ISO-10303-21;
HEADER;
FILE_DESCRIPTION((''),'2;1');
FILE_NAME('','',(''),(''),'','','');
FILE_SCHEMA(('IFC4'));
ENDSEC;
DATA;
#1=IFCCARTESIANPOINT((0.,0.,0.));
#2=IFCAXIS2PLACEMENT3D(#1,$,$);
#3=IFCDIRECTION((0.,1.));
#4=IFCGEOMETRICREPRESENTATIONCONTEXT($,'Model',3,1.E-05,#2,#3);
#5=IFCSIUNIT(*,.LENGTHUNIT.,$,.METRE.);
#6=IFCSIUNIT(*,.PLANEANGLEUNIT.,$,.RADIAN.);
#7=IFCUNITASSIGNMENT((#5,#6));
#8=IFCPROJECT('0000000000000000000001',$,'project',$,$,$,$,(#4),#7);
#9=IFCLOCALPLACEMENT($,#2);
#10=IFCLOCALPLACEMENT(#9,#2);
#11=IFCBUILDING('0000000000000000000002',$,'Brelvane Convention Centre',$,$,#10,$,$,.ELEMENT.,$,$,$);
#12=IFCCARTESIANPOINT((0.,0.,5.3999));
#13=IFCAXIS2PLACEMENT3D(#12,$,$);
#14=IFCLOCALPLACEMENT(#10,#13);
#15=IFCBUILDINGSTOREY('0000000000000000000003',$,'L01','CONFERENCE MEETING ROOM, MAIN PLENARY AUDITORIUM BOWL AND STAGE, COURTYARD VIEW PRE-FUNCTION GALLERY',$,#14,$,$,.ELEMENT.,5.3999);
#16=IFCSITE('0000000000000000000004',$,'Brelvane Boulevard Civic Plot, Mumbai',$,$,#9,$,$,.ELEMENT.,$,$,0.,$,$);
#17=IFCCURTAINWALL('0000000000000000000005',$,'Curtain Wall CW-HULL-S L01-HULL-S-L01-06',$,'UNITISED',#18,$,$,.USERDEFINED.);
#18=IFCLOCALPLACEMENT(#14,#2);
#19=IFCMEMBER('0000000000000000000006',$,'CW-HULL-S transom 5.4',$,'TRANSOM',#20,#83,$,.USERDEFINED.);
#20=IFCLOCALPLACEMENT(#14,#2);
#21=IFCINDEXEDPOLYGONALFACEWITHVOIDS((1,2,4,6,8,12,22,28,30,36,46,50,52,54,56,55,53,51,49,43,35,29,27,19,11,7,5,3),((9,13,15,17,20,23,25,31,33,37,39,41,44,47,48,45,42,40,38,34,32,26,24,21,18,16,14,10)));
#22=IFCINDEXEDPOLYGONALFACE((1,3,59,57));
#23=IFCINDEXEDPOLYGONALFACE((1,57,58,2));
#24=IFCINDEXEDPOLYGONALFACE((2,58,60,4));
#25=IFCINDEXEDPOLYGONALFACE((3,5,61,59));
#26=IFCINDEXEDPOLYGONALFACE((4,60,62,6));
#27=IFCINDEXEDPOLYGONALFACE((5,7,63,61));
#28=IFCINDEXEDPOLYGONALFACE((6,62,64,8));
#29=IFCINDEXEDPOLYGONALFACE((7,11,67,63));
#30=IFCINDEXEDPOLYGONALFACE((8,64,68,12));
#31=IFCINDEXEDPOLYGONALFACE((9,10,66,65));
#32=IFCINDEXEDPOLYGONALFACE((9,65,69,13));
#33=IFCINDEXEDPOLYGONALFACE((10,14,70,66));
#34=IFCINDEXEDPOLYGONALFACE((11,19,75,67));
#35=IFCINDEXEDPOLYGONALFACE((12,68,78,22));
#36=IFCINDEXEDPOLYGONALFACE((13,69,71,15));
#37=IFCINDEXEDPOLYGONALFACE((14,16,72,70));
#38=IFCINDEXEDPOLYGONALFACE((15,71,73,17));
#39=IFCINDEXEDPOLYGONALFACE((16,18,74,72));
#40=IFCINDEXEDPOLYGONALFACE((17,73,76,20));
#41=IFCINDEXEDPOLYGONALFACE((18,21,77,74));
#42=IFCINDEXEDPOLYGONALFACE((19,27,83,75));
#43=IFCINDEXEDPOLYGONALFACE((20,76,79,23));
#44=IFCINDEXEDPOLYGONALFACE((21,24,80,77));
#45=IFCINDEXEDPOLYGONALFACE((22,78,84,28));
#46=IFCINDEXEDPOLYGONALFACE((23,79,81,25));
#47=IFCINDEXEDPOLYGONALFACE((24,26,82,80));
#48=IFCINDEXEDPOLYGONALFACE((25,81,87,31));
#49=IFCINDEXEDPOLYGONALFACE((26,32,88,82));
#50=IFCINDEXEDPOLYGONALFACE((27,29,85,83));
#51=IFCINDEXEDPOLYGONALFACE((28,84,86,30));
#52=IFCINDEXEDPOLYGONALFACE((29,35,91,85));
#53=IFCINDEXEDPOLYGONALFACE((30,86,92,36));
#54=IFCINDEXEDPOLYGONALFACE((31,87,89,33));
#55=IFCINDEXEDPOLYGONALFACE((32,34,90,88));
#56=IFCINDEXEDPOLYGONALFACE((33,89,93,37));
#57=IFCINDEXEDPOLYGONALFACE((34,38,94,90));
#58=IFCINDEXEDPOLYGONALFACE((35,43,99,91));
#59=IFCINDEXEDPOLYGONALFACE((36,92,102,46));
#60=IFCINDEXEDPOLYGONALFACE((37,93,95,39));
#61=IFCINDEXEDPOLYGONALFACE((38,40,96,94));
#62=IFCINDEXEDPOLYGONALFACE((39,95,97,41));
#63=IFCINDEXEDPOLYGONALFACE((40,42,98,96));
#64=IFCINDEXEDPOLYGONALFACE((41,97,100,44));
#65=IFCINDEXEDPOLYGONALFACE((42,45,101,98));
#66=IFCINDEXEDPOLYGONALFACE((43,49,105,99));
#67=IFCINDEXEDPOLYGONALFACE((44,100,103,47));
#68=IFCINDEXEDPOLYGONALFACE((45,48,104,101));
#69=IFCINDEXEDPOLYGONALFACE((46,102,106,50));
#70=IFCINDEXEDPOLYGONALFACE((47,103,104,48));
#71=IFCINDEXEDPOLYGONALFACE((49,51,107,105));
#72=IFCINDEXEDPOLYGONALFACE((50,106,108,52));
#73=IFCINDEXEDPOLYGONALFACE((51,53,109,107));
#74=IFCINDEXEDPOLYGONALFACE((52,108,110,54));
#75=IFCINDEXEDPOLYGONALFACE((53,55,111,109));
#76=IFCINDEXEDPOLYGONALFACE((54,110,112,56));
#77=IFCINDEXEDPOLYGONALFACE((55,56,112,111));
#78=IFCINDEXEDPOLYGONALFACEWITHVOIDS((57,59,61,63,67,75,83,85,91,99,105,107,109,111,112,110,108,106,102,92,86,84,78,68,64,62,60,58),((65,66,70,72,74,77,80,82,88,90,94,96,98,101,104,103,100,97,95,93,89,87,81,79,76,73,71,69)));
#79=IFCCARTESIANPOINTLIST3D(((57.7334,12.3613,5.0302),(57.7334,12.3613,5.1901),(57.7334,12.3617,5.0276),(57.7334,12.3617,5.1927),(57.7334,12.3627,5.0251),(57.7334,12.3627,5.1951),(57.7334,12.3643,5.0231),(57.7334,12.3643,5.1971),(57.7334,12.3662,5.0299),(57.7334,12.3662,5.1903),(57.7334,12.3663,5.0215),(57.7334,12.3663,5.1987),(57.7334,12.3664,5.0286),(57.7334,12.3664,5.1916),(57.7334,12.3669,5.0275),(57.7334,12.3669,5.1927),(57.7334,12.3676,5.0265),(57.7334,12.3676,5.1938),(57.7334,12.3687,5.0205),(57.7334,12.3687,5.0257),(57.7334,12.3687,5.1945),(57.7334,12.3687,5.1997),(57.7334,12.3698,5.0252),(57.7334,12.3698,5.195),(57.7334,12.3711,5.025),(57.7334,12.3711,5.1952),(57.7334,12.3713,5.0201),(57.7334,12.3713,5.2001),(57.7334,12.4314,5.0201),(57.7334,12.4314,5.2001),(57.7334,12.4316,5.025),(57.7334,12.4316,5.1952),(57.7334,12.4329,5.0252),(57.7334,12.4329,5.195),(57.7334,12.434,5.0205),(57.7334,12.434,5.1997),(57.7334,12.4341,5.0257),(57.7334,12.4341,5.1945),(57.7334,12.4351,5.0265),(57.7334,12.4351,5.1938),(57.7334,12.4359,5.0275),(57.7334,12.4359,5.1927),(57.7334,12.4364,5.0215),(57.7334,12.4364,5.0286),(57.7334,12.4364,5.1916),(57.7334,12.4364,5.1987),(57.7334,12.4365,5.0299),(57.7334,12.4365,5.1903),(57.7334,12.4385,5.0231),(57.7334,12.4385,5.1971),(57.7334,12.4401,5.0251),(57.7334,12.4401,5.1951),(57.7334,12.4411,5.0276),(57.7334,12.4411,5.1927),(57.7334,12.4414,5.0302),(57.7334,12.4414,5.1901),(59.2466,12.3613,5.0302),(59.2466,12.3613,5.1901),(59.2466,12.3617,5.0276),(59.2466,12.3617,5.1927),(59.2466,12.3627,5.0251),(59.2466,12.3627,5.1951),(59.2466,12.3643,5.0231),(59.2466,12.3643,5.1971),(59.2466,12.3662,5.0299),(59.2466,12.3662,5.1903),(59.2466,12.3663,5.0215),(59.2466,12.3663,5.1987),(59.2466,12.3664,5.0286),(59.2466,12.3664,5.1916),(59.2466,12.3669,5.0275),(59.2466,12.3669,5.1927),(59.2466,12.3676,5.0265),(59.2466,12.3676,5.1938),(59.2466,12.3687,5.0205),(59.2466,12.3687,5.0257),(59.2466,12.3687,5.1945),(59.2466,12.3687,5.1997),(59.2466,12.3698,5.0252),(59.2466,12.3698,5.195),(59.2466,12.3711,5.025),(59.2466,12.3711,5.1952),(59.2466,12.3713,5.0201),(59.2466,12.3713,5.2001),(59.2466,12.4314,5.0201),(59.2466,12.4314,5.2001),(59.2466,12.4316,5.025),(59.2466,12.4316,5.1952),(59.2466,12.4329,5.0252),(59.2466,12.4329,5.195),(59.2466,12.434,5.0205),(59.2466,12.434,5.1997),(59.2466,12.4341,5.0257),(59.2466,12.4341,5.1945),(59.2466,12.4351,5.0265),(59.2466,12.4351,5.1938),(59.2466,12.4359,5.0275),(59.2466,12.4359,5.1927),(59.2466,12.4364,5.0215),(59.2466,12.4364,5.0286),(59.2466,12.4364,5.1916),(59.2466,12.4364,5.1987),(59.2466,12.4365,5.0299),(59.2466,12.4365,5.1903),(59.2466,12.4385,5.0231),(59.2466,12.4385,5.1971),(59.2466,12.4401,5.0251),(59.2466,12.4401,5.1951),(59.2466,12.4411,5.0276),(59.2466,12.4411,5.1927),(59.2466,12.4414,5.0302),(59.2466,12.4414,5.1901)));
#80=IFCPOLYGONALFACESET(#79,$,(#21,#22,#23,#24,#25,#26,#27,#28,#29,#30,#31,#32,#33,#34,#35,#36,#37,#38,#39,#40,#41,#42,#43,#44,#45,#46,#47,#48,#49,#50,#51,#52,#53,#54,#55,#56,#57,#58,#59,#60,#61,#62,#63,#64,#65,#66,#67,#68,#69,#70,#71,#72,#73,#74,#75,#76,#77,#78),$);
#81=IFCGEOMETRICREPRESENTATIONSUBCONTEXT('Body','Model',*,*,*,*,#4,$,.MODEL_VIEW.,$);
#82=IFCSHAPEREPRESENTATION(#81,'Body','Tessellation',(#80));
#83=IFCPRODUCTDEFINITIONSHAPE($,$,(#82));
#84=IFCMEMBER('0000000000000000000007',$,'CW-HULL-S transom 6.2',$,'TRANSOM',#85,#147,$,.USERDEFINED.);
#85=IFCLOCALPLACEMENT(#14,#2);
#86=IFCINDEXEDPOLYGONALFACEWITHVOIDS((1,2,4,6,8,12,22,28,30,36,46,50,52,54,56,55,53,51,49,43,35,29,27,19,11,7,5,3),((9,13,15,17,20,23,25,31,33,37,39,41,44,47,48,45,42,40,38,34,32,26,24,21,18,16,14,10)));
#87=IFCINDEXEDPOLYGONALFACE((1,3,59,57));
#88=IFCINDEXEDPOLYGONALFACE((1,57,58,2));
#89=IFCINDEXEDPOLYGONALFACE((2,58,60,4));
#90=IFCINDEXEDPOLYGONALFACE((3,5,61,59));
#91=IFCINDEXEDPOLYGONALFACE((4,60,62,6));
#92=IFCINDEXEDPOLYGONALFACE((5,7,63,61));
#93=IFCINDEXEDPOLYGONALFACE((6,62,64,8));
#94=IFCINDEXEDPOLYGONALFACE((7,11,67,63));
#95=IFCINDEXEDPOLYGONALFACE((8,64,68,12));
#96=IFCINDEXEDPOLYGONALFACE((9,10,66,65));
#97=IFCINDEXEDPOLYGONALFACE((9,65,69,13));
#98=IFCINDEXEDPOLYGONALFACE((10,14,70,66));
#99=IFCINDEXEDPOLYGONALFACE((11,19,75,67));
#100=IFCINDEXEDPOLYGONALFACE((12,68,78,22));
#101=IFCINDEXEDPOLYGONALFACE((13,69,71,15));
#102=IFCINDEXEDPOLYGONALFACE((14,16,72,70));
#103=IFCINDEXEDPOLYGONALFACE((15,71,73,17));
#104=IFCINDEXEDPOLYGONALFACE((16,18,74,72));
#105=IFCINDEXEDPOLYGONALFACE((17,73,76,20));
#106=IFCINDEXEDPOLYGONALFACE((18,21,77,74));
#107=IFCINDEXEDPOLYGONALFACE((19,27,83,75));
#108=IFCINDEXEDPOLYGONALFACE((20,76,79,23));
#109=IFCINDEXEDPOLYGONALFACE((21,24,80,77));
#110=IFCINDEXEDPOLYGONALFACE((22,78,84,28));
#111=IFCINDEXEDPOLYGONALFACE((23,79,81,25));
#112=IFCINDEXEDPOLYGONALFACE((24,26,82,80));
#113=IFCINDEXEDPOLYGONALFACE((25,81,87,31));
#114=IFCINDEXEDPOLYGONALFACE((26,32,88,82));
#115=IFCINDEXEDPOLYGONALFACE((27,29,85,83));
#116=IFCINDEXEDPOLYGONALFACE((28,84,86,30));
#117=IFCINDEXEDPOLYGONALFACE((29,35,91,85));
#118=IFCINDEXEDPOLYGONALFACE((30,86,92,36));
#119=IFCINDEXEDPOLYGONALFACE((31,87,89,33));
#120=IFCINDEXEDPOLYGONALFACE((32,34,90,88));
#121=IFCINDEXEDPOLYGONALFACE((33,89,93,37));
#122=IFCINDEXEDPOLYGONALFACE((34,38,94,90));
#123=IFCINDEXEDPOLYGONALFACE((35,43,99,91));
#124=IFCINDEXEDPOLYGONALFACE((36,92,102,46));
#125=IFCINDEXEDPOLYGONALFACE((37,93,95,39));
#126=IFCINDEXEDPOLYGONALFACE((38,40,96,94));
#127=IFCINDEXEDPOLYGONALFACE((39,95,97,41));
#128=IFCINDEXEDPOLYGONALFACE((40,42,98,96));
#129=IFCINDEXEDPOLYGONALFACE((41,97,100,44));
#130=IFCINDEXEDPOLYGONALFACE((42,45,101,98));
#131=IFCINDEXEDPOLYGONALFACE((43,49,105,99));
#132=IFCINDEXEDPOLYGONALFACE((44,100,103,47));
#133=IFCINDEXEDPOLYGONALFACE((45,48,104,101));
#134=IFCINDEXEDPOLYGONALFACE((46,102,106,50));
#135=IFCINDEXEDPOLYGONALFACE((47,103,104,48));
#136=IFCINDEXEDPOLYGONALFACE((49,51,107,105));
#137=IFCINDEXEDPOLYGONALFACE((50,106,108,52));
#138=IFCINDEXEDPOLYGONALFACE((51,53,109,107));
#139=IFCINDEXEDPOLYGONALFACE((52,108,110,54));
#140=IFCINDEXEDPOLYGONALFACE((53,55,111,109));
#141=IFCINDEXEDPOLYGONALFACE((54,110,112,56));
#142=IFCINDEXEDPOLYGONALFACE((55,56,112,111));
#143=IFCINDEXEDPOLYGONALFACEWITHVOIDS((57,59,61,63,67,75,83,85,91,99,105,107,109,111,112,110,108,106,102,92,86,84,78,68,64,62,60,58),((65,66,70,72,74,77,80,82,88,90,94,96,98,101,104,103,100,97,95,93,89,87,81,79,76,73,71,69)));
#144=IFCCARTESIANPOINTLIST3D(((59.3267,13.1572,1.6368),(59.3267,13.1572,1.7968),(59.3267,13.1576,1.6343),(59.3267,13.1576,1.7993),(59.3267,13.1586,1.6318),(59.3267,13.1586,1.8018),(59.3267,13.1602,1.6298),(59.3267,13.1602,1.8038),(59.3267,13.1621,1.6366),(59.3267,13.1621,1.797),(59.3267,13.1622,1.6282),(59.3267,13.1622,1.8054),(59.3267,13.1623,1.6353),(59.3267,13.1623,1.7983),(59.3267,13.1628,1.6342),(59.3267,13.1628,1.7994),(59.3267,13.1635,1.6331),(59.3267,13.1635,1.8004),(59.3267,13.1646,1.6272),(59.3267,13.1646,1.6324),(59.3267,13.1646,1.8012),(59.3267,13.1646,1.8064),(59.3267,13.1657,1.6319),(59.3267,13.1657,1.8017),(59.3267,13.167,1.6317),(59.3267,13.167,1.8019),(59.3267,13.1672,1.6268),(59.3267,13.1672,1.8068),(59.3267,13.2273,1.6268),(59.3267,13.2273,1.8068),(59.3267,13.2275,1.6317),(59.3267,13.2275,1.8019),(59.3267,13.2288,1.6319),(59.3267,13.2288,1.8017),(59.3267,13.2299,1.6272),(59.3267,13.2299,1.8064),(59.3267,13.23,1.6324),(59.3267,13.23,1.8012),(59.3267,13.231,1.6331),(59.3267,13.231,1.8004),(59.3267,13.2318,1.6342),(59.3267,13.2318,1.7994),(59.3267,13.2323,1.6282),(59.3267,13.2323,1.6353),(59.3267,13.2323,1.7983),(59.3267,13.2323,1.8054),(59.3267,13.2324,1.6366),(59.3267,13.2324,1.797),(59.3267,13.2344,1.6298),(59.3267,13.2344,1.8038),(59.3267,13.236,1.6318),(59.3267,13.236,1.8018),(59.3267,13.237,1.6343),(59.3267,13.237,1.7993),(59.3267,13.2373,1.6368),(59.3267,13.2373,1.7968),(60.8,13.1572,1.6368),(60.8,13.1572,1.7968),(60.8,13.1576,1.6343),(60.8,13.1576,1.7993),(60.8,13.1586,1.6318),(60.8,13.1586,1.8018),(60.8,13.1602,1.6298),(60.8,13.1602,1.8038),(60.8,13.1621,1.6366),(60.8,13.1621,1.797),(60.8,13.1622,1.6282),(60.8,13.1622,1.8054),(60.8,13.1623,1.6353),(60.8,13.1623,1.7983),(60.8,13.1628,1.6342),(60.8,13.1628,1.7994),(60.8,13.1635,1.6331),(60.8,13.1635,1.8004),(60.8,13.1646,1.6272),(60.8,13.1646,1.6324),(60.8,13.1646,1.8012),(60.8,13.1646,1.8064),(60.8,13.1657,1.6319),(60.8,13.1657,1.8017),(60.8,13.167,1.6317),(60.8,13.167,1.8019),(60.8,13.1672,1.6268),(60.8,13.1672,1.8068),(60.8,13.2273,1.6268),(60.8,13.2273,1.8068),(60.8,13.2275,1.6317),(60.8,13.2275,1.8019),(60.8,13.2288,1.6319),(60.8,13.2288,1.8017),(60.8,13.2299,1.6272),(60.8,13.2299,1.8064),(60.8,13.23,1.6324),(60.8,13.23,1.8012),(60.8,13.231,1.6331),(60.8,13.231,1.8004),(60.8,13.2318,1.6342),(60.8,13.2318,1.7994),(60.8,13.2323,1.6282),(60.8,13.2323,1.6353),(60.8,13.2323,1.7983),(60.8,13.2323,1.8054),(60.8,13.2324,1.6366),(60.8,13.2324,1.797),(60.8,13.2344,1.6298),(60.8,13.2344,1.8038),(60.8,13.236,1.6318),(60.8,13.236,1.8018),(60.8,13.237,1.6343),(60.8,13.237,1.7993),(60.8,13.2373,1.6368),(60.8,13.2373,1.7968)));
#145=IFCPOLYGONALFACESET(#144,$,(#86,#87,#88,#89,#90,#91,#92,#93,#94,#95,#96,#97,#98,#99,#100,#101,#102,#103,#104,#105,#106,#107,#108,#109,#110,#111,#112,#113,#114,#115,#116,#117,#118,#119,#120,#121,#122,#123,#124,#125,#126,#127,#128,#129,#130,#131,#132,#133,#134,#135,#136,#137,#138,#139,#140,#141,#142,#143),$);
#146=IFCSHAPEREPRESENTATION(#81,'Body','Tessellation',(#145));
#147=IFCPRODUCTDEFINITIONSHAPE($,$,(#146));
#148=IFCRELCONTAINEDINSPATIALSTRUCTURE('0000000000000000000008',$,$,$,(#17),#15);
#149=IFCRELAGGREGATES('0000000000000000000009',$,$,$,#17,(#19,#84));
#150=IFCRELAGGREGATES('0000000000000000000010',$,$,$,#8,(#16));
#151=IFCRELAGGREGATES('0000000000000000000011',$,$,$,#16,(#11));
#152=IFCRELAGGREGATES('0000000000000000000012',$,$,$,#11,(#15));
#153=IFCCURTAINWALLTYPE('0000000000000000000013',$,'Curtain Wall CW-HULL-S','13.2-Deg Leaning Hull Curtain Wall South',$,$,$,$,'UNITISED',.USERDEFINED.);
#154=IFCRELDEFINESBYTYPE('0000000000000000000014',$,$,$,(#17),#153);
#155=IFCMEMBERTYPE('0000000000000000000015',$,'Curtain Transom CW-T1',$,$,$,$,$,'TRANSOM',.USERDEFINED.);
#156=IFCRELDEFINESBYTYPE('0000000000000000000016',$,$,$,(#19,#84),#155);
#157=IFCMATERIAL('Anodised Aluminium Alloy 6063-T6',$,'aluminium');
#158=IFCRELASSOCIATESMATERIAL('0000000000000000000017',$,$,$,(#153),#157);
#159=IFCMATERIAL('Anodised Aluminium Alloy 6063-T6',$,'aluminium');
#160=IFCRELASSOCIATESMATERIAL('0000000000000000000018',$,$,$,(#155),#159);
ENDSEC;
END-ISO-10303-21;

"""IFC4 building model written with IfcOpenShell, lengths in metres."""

from ifc_helpers import new_model, si_unit, direction, frame, origin, origin_2d, place, context, subcontext, project, spatial, hollow_rectangle, extrude, material, material_profile, profile_set, type_object, element, aggregate, save


model = new_model("IFC4")

# Units and contexts
model_context = context("Model", 3, precision=1e-05, world=origin(), true_north=direction((0.0, 1.0)))
body_context = subcontext(model_context, "Body", "Model", "MODEL_VIEW")
ifc_project = project(units=[si_unit("LENGTHUNIT", "METRE"), si_unit("PLANEANGLEUNIT", "RADIAN")], contexts=[model_context])

# Site, building, storey
site_placement = place(None, origin())
site = spatial("IfcSite", under=ifc_project, at=site_placement, Name="Brelvane Boulevard Civic Plot, Mumbai", CompositionType="ELEMENT", RefElevation=0.0)
building_placement = place(site_placement, origin())
building = spatial("IfcBuilding", under=site, at=building_placement, Name="Brelvane Convention Centre", CompositionType="ELEMENT")
storey_placement = place(building_placement, frame((0.0, 0.0, 5.3999)))
storey = spatial("IfcBuildingStorey", under=building, at=storey_placement, Name="L01", Description="CONFERENCE MEETING ROOM, MAIN PLENARY AUDITORIUM BOWL AND STAGE, COURTYARD VIEW PRE-FUNCTION GALLERY", CompositionType="ELEMENT", Elevation=5.3999)

# Curtain wall, members
ifc_material_1 = material(Name="Anodised Aluminium Alloy 6063-T6", Category="aluminium")
curtain_wall_type = type_object("IfcCurtainWallType", Name="Curtain Wall CW-HULL-S", Description="13.2-Deg Leaning Hull Curtain Wall South", ElementType="UNITISED", PredefinedType="USERDEFINED", material=ifc_material_1)
curtain_wall_1_placement = place(storey_placement, origin())
curtain_wall_1 = element("IfcCurtainWall", 1, at=curtain_wall_1_placement, inside=storey, type_object=curtain_wall_type, Name="Curtain Wall CW-HULL-S L01-HULL-S-L01-06", ObjectType="UNITISED", PredefinedType="USERDEFINED")
ifc_material_2 = material(Name="Anodised Aluminium Alloy 6063-T6", Category="aluminium")
ifc_material_profile = material_profile(ifc_material_2, hollow_rectangle(XDim=0.0801, YDim=0.1799, WallThickness=0.0049, InnerFilletRadius=0.0049, OuterFilletRadius=0.01, at=origin_2d()), Name="ALU-T 180x80x5.0")
ifc_profile_set = profile_set([ifc_material_profile], Name="Anodised Aluminium Alloy 6063-T6")
member_type = type_object("IfcMemberType", Name="Curtain Transom CW-T1", ElementType="TRANSOM", PredefinedType="USERDEFINED", material=ifc_profile_set)
member_1_placement = place(storey_placement, frame((57.7334, 12.4014, 5.1101), z_axis=(1.0, 0.0, 0.0), x_axis=(0.0, 1.0, 0.0)))
member_1 = element("IfcMember", 2, at=member_1_placement, type_object=member_type, Name="CW-HULL-S transom 5.4", ObjectType="TRANSOM", PredefinedType="USERDEFINED", context=body_context, shape_type="SweptSolid", body=[
    extrude(hollow_rectangle(XDim=0.0801, YDim=0.1799, WallThickness=0.0049, InnerFilletRadius=0.0049, OuterFilletRadius=0.01, at=origin_2d()), origin(), (0.0, 0.0, 1.0), 1.5132),
])
member_2_placement = place(storey_placement, frame((59.3267, 13.1973, 1.7168), z_axis=(1.0, 0.0, 0.0), x_axis=(0.0, 1.0, 0.0)))
member_2 = element("IfcMember", 3, at=member_2_placement, type_object=member_type, Name="CW-HULL-S transom 6.2", ObjectType="TRANSOM", PredefinedType="USERDEFINED", context=body_context, shape_type="SweptSolid", body=[
    extrude(hollow_rectangle(XDim=0.0801, YDim=0.1799, WallThickness=0.0049, InnerFilletRadius=0.0049, OuterFilletRadius=0.01, at=origin_2d()), origin(), (0.0, 0.0, 1.0), 1.4734),
])

aggregate(curtain_wall_1, [member_1, member_2])

save(model, "model.ifc")
